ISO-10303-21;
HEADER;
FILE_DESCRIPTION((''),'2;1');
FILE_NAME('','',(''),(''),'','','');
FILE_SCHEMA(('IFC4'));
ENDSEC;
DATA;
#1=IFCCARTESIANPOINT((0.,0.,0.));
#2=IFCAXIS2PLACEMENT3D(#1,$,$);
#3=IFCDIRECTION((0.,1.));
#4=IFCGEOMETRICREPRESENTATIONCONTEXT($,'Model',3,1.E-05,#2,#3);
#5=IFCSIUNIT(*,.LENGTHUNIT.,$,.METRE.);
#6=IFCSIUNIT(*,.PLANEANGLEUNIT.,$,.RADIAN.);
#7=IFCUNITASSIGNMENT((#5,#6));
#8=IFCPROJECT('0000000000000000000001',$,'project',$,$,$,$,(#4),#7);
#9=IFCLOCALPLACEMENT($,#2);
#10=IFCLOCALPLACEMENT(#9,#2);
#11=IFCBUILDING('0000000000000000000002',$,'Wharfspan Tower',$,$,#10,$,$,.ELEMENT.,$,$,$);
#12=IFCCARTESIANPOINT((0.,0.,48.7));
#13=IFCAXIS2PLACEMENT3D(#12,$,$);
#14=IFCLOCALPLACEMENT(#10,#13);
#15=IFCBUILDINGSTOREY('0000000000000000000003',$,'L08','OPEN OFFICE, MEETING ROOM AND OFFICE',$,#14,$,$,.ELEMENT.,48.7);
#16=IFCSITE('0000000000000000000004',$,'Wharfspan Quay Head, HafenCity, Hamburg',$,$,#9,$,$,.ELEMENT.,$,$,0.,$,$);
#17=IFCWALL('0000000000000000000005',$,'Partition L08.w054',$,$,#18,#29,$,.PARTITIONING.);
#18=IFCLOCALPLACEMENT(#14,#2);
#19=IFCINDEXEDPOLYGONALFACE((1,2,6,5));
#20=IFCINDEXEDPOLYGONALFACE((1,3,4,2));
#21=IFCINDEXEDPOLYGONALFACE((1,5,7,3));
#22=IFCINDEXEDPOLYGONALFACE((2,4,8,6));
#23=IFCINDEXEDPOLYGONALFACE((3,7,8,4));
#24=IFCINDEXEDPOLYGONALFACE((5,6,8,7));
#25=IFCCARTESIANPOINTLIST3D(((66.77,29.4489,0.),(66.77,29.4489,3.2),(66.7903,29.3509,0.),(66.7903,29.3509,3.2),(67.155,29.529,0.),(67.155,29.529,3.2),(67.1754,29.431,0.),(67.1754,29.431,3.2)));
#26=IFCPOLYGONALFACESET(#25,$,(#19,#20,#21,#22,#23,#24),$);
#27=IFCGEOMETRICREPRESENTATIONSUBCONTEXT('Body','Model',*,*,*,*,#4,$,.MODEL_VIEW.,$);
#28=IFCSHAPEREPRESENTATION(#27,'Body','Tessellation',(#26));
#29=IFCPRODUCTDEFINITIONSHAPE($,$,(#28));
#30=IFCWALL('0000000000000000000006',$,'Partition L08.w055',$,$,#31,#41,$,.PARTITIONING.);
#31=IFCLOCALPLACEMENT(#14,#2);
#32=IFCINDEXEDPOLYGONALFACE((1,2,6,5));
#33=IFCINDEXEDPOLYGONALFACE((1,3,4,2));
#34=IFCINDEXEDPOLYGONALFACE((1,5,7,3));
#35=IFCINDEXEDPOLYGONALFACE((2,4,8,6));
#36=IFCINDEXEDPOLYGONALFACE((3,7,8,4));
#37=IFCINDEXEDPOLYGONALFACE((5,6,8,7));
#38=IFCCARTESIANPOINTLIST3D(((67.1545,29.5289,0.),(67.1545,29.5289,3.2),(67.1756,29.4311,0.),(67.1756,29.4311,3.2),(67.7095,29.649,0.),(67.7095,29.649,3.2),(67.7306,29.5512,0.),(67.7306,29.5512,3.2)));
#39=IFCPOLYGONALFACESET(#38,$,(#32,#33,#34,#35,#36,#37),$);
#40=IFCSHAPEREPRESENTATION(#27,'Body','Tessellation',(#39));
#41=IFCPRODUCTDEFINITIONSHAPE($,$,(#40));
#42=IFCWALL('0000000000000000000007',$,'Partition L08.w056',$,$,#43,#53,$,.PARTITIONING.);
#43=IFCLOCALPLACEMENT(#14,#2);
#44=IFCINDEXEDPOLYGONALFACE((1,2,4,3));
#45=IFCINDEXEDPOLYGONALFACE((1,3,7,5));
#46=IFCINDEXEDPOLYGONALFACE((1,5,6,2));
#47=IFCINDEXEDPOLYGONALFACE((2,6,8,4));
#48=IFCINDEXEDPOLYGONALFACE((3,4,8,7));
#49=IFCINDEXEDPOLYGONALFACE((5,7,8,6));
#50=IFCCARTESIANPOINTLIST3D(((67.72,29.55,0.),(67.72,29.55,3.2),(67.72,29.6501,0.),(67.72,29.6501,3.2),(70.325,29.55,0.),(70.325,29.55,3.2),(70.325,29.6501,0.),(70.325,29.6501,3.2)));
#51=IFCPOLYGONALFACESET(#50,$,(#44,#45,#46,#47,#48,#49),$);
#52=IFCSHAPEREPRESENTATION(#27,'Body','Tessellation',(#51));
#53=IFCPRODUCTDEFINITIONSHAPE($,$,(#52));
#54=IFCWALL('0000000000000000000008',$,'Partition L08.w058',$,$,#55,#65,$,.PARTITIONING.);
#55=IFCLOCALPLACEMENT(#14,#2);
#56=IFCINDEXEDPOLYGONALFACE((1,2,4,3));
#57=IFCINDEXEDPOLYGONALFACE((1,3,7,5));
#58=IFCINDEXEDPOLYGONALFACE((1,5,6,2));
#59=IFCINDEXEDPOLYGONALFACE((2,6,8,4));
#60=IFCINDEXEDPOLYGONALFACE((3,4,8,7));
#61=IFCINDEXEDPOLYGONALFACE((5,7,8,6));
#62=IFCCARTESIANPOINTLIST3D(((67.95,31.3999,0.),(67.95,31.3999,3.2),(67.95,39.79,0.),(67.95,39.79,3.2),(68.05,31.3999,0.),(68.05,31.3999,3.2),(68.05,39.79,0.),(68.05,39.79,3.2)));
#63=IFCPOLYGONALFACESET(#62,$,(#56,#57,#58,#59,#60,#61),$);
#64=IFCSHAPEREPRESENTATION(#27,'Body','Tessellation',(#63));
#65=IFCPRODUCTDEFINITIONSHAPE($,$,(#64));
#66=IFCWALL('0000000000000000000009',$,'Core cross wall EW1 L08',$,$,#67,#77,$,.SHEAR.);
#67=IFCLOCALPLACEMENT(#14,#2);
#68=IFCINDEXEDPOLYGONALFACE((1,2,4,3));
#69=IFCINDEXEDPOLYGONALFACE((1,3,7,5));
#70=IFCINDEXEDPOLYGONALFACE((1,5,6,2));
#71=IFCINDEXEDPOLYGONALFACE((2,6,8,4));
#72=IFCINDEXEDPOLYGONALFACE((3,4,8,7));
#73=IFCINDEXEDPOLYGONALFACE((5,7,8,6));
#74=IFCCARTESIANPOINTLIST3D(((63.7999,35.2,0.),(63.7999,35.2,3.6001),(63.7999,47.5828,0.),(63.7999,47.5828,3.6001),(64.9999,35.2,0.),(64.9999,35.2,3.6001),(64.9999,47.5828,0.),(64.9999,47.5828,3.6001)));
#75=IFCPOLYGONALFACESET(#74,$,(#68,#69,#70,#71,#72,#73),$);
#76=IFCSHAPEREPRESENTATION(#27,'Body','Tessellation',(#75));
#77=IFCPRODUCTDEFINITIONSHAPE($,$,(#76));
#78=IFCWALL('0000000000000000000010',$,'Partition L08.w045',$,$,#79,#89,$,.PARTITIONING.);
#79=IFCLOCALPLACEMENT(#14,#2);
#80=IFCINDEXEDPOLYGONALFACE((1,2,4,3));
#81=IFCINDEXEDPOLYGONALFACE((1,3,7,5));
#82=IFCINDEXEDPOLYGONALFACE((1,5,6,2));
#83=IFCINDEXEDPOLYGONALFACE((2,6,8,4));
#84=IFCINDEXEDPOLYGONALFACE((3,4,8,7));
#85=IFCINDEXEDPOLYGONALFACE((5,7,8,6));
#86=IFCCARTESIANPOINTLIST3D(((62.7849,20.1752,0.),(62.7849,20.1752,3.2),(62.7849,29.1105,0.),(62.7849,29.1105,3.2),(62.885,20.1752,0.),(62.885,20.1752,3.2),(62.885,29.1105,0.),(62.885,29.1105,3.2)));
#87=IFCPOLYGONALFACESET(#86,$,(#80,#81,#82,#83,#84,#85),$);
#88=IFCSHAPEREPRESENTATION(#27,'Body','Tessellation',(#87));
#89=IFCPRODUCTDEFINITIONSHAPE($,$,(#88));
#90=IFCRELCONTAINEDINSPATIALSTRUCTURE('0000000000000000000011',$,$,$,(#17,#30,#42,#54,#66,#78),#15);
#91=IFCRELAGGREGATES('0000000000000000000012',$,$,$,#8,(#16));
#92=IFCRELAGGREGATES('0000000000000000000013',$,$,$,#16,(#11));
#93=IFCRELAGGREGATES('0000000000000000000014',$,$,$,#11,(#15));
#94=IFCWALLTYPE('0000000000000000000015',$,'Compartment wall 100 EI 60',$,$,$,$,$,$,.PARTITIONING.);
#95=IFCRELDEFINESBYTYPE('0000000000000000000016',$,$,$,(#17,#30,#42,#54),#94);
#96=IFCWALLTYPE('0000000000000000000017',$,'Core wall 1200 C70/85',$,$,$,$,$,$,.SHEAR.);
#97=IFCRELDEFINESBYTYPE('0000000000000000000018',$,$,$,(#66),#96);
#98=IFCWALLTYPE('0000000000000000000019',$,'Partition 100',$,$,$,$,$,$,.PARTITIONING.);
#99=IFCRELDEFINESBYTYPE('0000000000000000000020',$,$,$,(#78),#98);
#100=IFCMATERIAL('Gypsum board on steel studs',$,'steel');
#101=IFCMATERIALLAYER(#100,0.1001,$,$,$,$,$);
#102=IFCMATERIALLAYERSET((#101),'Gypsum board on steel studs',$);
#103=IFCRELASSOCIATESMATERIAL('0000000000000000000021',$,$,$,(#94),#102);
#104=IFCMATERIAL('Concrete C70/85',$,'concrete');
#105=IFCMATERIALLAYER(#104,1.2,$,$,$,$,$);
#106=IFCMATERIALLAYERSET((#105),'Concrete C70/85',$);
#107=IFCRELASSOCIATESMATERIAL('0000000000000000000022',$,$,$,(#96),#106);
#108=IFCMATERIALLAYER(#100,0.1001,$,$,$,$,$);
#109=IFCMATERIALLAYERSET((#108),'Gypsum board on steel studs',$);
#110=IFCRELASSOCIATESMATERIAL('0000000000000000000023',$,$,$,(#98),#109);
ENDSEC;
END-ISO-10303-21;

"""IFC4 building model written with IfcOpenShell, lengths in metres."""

from ifc_helpers import new_model, si_unit, direction, frame, frame_2d, origin, place, context, subcontext, project, spatial, rectangle, extrude, material, layer, layer_set, type_object, element, save


model = new_model("IFC4")

# Units and contexts
model_context = context("Model", 3, precision=1e-05, world=origin(), true_north=direction((0.0, 1.0)))
body_context = subcontext(model_context, "Body", "Model", "MODEL_VIEW")
ifc_project = project(units=[si_unit("LENGTHUNIT", "METRE"), si_unit("PLANEANGLEUNIT", "RADIAN")], contexts=[model_context])

# Site, building, storey
site_placement = place(None, origin())
site = spatial("IfcSite", under=ifc_project, at=site_placement, Name="Wharfspan Quay Head, HafenCity, Hamburg", CompositionType="ELEMENT", RefElevation=0.0)
building_placement = place(site_placement, origin())
building = spatial("IfcBuilding", under=site, at=building_placement, Name="Wharfspan Tower", CompositionType="ELEMENT")
storey_placement = place(building_placement, frame((0.0, 0.0, 48.7)))
storey = spatial("IfcBuildingStorey", under=building, at=storey_placement, Name="L08", Description="OPEN OFFICE, MEETING ROOM AND OFFICE", CompositionType="ELEMENT", Elevation=48.7)

# Shared definitions
ifc_material_1 = material(Name="Gypsum board on steel studs", Category="steel")
ifc_layer_1 = layer(ifc_material_1, 0.1001)
ifc_layer_set_1 = layer_set([ifc_layer_1], Name="Gypsum board on steel studs")
wall_type_1 = type_object("IfcWallType", Name="Compartment wall 100 EI 60", PredefinedType="PARTITIONING", material=ifc_layer_set_1)

# Walls
wall_1_placement = place(storey_placement, frame((66.78, 29.3999, 0.0), z_axis=(0.0, 0.0, 1.0), x_axis=(0.979048, 0.203632, 0.0)))
element("IfcWall", 1, at=wall_1_placement, inside=storey, type_object=wall_type_1, Name="Partition L08.w054", PredefinedType="PARTITIONING", context=body_context, shape_type="SweptSolid", body=[
    extrude(rectangle(XDim=0.3933, YDim=0.1001, at=frame_2d((0.1968, 0.0))), origin(), (0.0, 0.0, 1.0), 3.2),
])
wall_2_placement = place(storey_placement, frame((67.165, 29.48, 0.0), z_axis=(0.0, 0.0, 1.0), x_axis=(0.977367, 0.211555, 0.0)))
element("IfcWall", 2, at=wall_2_placement, inside=storey, type_object=wall_type_1, Name="Partition L08.w055", PredefinedType="PARTITIONING", context=body_context, shape_type="SweptSolid", body=[
    extrude(rectangle(XDim=0.5679, YDim=0.1001, at=frame_2d((0.2839, 0.0))), origin(), (0.0, 0.0, 1.0), 3.2),
])
wall_3_placement = place(storey_placement, frame((67.72, 29.6001, 0.0), z_axis=(0.0, 0.0, 1.0), x_axis=(1.0, 0.0, 0.0)))
element("IfcWall", 3, at=wall_3_placement, inside=storey, type_object=wall_type_1, Name="Partition L08.w056", PredefinedType="PARTITIONING", context=body_context, shape_type="SweptSolid", body=[
    extrude(rectangle(XDim=2.605, YDim=0.1001, at=frame_2d((1.3025, 0.0))), origin(), (0.0, 0.0, 1.0), 3.2),
])
wall_4_placement = place(storey_placement, frame((68.0, 31.3999, 0.0), z_axis=(0.0, 0.0, 1.0), x_axis=(0.0, 1.0, 0.0)))
element("IfcWall", 4, at=wall_4_placement, inside=storey, type_object=wall_type_1, Name="Partition L08.w058", PredefinedType="PARTITIONING", context=body_context, shape_type="SweptSolid", body=[
    extrude(rectangle(XDim=8.3901, YDim=0.1001, at=frame_2d((4.1951, 0.0))), origin(), (0.0, 0.0, 1.0), 3.2),
])
ifc_material_2 = material(Name="Concrete C70/85", Category="concrete")
ifc_layer_2 = layer(ifc_material_2, 1.2)
ifc_layer_set_2 = layer_set([ifc_layer_2], Name="Concrete C70/85")
wall_type_2 = type_object("IfcWallType", Name="Core wall 1200 C70/85", PredefinedType="SHEAR", material=ifc_layer_set_2)
wall_5_placement = place(storey_placement, frame((64.3999, 35.2, 0.0), z_axis=(0.0, 0.0, 1.0), x_axis=(0.0, 1.0, 0.0)))
element("IfcWall", 5, at=wall_5_placement, inside=storey, type_object=wall_type_2, Name="Core cross wall EW1 L08", PredefinedType="SHEAR", context=body_context, shape_type="SweptSolid", body=[
    extrude(rectangle(XDim=12.3828, YDim=1.2, at=frame_2d((6.1914, 0.0))), origin(), (0.0, 0.0, 1.0), 3.6001),
])
ifc_layer_3 = layer(ifc_material_1, 0.1001)
ifc_layer_set_3 = layer_set([ifc_layer_3], Name="Gypsum board on steel studs")
wall_type_3 = type_object("IfcWallType", Name="Partition 100", PredefinedType="PARTITIONING", material=ifc_layer_set_3)
wall_6_placement = place(storey_placement, frame((62.835, 20.175, 0.0), z_axis=(0.0, 0.0, 1.0), x_axis=(0.0, 1.0, 0.0)))
element("IfcWall", 6, at=wall_6_placement, inside=storey, type_object=wall_type_3, Name="Partition L08.w045", PredefinedType="PARTITIONING", context=body_context, shape_type="SweptSolid", body=[
    extrude(rectangle(XDim=8.9353, YDim=0.1001, at=frame_2d((4.4678, 0.0))), origin(), (0.0, 0.0, 1.0), 3.2),
])

save(model, "model.ifc")
